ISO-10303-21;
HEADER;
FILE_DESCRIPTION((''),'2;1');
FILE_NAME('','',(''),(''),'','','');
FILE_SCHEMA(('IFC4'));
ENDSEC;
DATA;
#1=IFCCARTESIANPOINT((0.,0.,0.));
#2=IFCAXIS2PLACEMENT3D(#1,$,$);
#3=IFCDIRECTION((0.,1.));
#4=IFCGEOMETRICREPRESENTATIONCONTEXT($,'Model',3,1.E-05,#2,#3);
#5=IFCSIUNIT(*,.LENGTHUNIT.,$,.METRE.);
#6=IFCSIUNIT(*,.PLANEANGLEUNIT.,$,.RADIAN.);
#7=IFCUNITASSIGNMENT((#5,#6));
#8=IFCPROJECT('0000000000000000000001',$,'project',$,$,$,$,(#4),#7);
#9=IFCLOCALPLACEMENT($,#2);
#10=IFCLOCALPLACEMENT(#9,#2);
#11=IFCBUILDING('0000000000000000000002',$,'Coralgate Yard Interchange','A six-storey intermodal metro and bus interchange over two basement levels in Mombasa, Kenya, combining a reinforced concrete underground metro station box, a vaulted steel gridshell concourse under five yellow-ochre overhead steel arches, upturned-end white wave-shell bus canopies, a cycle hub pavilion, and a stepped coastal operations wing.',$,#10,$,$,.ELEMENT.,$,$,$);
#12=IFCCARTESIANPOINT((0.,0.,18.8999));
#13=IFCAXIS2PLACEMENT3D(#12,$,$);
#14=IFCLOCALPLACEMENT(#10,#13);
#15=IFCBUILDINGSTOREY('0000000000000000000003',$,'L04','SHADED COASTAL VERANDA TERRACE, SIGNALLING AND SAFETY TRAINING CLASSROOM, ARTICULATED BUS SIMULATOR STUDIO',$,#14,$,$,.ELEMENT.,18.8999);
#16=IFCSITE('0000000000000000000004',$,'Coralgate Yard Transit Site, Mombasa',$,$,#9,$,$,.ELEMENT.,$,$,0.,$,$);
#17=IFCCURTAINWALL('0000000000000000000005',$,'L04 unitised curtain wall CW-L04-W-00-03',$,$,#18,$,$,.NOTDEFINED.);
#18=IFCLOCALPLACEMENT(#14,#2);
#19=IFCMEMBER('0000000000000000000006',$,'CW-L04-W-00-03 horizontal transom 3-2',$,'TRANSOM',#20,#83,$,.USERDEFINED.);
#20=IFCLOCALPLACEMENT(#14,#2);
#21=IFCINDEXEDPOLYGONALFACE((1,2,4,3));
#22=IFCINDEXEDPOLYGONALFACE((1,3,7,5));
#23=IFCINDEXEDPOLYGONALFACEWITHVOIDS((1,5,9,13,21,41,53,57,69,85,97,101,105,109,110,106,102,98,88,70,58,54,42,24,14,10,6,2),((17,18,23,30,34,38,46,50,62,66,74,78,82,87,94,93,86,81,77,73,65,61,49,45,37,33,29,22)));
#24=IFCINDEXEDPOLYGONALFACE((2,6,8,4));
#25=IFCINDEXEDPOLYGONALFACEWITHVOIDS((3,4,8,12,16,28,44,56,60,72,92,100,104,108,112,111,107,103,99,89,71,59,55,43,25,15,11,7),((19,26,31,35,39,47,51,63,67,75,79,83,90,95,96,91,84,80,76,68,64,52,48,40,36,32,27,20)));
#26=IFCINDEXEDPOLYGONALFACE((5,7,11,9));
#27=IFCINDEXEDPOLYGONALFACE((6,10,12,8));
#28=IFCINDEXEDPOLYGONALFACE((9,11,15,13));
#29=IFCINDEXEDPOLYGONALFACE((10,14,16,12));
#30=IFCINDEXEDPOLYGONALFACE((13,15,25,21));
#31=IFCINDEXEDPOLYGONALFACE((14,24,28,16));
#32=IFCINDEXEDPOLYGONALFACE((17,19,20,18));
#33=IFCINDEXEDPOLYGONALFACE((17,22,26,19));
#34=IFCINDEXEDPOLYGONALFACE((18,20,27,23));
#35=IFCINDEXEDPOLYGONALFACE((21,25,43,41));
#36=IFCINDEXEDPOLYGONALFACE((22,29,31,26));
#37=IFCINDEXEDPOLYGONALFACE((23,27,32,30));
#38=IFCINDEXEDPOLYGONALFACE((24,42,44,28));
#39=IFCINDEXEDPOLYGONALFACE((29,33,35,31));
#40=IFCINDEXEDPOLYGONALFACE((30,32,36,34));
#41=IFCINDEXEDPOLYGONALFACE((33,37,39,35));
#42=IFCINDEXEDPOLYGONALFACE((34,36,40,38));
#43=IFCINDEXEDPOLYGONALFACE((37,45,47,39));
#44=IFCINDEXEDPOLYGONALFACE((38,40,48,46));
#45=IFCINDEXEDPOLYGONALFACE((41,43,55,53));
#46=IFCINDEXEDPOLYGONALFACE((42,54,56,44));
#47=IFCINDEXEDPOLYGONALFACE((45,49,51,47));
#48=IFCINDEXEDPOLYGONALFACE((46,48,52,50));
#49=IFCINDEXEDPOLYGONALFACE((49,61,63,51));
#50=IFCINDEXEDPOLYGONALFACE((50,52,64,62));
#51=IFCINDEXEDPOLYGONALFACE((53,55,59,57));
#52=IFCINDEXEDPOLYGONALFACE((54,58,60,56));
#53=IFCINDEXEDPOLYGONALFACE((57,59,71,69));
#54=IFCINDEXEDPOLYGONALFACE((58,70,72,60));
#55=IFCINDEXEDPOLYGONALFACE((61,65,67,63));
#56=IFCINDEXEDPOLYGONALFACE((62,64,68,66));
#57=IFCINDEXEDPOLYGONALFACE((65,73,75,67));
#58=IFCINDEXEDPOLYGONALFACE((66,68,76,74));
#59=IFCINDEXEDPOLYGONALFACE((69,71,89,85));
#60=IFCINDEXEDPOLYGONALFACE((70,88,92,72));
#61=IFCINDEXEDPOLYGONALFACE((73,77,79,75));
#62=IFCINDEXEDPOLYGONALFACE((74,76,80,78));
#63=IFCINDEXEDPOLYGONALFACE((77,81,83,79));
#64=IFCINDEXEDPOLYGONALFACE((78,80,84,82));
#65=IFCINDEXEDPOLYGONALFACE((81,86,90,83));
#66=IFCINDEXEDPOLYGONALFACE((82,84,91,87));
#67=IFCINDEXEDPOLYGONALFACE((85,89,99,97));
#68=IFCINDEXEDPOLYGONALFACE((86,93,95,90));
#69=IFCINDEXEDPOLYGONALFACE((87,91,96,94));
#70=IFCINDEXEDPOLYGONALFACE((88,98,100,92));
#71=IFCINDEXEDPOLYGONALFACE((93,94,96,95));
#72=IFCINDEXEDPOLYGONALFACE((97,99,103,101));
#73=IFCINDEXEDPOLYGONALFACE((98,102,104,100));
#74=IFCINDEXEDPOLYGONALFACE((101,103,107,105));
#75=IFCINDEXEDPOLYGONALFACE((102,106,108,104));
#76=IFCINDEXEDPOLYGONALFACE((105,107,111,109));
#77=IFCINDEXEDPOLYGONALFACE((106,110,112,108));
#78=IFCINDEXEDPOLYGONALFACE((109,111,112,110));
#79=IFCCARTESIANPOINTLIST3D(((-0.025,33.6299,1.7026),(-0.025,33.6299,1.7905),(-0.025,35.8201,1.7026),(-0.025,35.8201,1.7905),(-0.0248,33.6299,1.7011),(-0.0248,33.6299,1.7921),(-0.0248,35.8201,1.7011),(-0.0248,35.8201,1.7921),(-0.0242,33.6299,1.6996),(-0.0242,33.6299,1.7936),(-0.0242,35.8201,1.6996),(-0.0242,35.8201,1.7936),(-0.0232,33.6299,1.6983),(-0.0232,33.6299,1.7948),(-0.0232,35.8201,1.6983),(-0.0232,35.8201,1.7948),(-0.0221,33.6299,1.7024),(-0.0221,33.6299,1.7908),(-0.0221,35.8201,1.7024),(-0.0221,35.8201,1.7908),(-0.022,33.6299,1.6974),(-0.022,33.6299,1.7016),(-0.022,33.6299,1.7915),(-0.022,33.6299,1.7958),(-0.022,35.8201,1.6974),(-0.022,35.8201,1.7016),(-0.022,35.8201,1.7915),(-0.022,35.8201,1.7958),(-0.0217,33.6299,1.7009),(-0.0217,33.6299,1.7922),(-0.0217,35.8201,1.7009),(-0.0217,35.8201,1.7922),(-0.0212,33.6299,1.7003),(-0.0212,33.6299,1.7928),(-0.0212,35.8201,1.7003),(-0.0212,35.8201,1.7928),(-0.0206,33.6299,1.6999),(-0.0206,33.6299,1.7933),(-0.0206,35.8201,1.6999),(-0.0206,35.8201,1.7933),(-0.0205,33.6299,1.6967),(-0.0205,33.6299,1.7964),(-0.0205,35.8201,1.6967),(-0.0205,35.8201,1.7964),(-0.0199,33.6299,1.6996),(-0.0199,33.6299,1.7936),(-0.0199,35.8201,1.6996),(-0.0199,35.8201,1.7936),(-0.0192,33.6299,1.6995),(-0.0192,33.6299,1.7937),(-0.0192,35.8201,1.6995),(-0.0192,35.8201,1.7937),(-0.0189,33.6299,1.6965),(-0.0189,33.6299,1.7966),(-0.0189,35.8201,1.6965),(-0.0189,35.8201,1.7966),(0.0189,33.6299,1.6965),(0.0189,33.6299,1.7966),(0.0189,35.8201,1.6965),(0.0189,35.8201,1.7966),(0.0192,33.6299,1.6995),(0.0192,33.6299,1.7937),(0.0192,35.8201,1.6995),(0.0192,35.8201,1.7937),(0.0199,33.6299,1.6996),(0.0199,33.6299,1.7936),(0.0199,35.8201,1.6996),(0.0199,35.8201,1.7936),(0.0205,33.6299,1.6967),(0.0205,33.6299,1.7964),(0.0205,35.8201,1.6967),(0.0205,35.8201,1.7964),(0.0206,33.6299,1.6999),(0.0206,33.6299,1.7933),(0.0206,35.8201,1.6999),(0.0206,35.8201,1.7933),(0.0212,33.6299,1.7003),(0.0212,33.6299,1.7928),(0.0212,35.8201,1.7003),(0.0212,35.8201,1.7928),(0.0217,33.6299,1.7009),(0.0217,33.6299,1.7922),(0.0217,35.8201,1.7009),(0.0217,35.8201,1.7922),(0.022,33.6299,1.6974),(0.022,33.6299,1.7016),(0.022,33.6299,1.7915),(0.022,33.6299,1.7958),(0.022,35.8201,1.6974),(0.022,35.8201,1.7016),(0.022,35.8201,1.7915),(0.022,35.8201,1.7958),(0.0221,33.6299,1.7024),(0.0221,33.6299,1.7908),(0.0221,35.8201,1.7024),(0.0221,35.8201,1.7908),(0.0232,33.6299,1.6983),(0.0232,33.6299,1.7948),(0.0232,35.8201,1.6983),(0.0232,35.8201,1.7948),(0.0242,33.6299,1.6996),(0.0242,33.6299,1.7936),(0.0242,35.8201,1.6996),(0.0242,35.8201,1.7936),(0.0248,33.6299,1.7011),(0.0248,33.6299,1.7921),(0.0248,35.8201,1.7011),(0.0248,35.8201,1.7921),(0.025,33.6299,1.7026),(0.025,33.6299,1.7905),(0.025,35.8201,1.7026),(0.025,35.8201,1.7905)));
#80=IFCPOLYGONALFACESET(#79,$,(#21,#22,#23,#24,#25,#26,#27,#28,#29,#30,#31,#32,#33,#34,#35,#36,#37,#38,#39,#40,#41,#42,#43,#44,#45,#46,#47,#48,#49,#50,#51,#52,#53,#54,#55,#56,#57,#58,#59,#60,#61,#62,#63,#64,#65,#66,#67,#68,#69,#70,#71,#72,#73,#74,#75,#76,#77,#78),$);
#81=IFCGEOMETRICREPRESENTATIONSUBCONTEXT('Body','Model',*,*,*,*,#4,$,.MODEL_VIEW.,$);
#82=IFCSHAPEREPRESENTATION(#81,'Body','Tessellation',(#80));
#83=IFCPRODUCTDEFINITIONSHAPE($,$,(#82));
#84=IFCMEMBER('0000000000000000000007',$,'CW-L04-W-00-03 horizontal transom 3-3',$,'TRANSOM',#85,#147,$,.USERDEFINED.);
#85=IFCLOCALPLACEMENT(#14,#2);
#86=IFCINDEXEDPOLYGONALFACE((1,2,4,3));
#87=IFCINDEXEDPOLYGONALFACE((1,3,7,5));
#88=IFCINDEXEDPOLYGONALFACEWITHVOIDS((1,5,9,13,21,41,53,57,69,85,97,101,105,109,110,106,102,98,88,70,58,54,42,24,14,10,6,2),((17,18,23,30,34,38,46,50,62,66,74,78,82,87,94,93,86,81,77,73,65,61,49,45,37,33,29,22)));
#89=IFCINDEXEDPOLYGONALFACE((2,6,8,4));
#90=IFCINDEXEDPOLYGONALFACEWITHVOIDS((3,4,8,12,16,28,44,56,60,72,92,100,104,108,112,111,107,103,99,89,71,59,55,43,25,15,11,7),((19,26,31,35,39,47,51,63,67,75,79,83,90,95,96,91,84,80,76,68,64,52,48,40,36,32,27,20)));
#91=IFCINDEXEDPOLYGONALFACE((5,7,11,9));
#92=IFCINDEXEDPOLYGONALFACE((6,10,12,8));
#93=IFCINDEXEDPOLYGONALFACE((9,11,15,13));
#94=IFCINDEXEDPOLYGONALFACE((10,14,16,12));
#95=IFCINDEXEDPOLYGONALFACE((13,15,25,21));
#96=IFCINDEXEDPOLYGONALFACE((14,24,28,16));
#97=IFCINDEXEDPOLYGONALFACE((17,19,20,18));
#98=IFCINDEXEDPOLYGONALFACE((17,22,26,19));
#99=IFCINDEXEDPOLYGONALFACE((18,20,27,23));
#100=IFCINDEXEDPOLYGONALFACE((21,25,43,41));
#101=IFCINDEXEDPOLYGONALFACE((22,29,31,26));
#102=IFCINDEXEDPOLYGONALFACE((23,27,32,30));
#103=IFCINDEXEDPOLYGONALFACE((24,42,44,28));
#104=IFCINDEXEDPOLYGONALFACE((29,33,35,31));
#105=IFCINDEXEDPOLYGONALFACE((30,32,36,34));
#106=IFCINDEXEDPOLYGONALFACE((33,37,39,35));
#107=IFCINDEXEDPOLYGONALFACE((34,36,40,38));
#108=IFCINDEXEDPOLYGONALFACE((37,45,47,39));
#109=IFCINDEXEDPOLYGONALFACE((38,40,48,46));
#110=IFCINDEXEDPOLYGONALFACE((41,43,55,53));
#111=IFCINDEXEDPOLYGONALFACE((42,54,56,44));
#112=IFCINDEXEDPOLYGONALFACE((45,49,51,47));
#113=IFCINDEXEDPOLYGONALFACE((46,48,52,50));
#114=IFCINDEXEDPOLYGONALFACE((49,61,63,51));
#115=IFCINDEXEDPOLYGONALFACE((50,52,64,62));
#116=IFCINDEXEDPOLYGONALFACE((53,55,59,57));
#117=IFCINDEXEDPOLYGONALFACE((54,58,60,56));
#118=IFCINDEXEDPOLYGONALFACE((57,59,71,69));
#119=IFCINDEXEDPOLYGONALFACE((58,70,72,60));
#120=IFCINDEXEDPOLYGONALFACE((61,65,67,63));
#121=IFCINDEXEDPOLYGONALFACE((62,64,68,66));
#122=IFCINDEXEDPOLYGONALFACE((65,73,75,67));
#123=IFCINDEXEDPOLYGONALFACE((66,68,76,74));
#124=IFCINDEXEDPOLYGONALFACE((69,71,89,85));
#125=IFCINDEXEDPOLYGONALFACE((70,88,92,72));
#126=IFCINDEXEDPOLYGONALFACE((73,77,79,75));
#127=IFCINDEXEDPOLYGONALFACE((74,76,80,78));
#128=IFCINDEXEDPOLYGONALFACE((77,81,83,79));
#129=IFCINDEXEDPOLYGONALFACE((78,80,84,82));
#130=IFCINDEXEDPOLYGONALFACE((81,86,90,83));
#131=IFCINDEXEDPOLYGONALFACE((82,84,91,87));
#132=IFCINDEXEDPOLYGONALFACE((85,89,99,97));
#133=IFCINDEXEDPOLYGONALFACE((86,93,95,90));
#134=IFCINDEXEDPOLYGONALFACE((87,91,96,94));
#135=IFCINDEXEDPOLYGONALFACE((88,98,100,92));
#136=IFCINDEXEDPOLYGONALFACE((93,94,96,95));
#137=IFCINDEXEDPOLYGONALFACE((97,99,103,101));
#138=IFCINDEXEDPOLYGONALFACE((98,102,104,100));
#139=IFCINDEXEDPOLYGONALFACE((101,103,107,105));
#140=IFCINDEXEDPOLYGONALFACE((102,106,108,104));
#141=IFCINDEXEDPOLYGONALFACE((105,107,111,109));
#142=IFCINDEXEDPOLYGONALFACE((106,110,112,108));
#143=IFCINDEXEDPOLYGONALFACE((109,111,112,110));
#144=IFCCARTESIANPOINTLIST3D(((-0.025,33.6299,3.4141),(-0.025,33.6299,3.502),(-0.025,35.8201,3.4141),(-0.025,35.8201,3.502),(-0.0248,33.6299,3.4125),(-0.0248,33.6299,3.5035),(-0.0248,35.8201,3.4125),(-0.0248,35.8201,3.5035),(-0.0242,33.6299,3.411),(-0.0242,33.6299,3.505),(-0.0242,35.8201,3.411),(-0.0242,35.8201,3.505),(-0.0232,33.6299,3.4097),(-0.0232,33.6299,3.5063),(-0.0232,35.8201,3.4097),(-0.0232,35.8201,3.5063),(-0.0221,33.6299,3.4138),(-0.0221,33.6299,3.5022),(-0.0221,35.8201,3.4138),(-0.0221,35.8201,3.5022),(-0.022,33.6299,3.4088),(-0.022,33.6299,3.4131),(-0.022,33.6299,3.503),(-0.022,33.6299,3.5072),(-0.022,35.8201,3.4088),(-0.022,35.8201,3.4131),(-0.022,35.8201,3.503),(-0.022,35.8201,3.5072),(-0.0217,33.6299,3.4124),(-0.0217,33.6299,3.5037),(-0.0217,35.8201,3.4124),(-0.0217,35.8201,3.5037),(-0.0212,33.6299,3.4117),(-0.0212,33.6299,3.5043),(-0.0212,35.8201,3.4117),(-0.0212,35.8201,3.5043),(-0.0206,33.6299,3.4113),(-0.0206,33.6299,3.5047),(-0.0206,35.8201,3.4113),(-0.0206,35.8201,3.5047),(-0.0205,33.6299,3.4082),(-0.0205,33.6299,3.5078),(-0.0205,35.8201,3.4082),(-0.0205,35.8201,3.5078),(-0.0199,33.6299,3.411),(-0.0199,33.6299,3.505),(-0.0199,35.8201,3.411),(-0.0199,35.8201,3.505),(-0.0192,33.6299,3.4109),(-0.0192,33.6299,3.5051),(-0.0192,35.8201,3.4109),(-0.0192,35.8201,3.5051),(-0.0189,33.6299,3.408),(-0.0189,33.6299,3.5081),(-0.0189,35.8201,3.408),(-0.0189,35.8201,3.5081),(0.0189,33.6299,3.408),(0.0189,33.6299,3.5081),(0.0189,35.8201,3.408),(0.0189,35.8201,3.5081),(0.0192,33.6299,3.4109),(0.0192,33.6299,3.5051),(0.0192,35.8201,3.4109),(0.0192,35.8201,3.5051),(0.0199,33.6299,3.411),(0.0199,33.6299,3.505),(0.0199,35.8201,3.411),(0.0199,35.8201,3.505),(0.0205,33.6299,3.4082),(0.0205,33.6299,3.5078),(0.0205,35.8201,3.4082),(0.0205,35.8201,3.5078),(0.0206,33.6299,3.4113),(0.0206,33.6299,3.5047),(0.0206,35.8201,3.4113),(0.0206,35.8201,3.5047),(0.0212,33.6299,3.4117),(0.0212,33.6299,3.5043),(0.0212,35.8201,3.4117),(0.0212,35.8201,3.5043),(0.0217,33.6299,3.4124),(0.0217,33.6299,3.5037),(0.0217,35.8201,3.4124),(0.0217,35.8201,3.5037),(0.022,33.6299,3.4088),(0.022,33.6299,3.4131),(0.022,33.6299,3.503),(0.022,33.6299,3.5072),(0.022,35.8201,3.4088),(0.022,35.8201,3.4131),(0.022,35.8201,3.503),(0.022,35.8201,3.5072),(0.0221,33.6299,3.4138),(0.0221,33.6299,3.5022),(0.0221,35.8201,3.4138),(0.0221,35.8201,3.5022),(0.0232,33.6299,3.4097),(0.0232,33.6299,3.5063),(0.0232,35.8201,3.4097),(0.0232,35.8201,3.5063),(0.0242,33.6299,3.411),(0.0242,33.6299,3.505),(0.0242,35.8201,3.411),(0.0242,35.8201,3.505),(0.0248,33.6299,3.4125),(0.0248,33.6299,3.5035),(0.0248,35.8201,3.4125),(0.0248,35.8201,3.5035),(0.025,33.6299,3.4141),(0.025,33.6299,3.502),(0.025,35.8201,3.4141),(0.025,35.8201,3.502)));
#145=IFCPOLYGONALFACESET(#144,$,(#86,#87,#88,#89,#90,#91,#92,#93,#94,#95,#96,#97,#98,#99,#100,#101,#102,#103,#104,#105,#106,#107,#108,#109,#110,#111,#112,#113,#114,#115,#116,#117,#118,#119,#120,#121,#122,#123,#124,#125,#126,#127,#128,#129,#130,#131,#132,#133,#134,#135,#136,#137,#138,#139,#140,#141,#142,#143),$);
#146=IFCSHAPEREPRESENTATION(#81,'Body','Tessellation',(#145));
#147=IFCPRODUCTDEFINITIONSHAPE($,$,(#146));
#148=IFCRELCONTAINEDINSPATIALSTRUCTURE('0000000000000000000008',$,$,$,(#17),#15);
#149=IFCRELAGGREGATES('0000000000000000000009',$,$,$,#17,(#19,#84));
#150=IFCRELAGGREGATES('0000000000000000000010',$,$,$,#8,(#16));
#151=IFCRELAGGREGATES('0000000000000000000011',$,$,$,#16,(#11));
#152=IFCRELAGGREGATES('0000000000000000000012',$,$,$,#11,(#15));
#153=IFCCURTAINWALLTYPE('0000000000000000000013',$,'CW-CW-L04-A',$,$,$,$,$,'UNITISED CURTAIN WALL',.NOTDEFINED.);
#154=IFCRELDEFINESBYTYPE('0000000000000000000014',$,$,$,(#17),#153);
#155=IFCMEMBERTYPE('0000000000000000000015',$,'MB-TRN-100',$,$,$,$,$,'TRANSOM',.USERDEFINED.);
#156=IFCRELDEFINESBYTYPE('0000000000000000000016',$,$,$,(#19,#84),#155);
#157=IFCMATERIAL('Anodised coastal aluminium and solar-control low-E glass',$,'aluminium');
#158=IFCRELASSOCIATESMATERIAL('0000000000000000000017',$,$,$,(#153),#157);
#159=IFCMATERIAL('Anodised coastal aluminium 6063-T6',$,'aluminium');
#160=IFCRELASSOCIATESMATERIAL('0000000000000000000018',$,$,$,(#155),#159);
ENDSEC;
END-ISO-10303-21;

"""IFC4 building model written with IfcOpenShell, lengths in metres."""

from ifc_helpers import new_model, si_unit, direction, frame, origin, origin_2d, place, context, subcontext, project, spatial, hollow_rectangle, extrude, material, material_profile, profile_set, type_object, element, aggregate, save


model = new_model("IFC4")

# Units and contexts
model_context = context("Model", 3, precision=1e-05, world=origin(), true_north=direction((0.0, 1.0)))
body_context = subcontext(model_context, "Body", "Model", "MODEL_VIEW")
ifc_project = project(units=[si_unit("LENGTHUNIT", "METRE"), si_unit("PLANEANGLEUNIT", "RADIAN")], contexts=[model_context])

# Site, building, storey
site_placement = place(None, origin())
site = spatial("IfcSite", under=ifc_project, at=site_placement, Name="Coralgate Yard Transit Site, Mombasa", CompositionType="ELEMENT", RefElevation=0.0)
building_placement = place(site_placement, origin())
building = spatial("IfcBuilding", under=site, at=building_placement, Name="Coralgate Yard Interchange", Description="A six-storey intermodal metro and bus interchange over two basement levels in Mombasa, Kenya, combining a reinforced concrete underground metro station box, a vaulted steel gridshell concourse under five yellow-ochre overhead steel arches, upturned-end white wave-shell bus canopies, a cycle hub pavilion, and a stepped coastal operations wing.", CompositionType="ELEMENT")
storey_placement = place(building_placement, frame((0.0, 0.0, 18.8999)))
storey = spatial("IfcBuildingStorey", under=building, at=storey_placement, Name="L04", Description="SHADED COASTAL VERANDA TERRACE, SIGNALLING AND SAFETY TRAINING CLASSROOM, ARTICULATED BUS SIMULATOR STUDIO", CompositionType="ELEMENT", Elevation=18.8999)

# Curtain wall
ifc_material_1 = material(Name="Anodised coastal aluminium and solar-control low-E glass", Category="aluminium")
curtain_wall_type = type_object("IfcCurtainWallType", Name="CW-CW-L04-A", ElementType="UNITISED CURTAIN WALL", PredefinedType="NOTDEFINED", material=ifc_material_1)
curtain_wall_1_placement = place(storey_placement, origin())
curtain_wall_1 = element("IfcCurtainWall", 1, at=curtain_wall_1_placement, inside=storey, type_object=curtain_wall_type, Name="L04 unitised curtain wall CW-L04-W-00-03", PredefinedType="NOTDEFINED")
ifc_material_2 = material(Name="Anodised coastal aluminium 6063-T6", Category="aluminium")

# Members
ifc_material_profile_1 = material_profile(ifc_material_2, hollow_rectangle(XDim=0.05, YDim=0.1001, WallThickness=0.0029, InnerFilletRadius=0.0029, OuterFilletRadius=0.0061, at=origin_2d()), Name="ALU 50x100x3")
ifc_profile_set_1 = profile_set([ifc_material_profile_1], Name="Anodised coastal aluminium 6063-T6")
member_type_1 = type_object("IfcMemberType", Name="MB-TRN-100", ElementType="TRANSOM", PredefinedType="USERDEFINED", material=ifc_profile_set_1)
member_1_placement = place(storey_placement, frame((0.0, 33.6299, 1.7466), z_axis=(0.0, 1.0, 0.0), x_axis=(-1.0, 0.0, 0.0)))
member_1 = element("IfcMember", 2, at=member_1_placement, type_object=member_type_1, Name="CW-L04-W-00-03 horizontal transom 3-2", ObjectType="TRANSOM", PredefinedType="USERDEFINED", context=body_context, shape_type="SweptSolid", body=[
    extrude(hollow_rectangle(XDim=0.05, YDim=0.1001, WallThickness=0.0029, InnerFilletRadius=0.0029, OuterFilletRadius=0.0061, at=origin_2d()), origin(), (0.0, 0.0, 1.0), 2.1902),
])
member_2_placement = place(storey_placement, frame((0.0, 33.6299, 3.458), z_axis=(0.0, 1.0, 0.0), x_axis=(-1.0, 0.0, 0.0)))
member_2 = element("IfcMember", 3, at=member_2_placement, type_object=member_type_1, Name="CW-L04-W-00-03 horizontal transom 3-3", ObjectType="TRANSOM", PredefinedType="USERDEFINED", context=body_context, shape_type="SweptSolid", body=[
    extrude(hollow_rectangle(XDim=0.05, YDim=0.1001, WallThickness=0.0029, InnerFilletRadius=0.0029, OuterFilletRadius=0.0061, at=origin_2d()), origin(), (0.0, 0.0, 1.0), 2.1902),
])

aggregate(curtain_wall_1, [member_1, member_2])

save(model, "model.ifc")
